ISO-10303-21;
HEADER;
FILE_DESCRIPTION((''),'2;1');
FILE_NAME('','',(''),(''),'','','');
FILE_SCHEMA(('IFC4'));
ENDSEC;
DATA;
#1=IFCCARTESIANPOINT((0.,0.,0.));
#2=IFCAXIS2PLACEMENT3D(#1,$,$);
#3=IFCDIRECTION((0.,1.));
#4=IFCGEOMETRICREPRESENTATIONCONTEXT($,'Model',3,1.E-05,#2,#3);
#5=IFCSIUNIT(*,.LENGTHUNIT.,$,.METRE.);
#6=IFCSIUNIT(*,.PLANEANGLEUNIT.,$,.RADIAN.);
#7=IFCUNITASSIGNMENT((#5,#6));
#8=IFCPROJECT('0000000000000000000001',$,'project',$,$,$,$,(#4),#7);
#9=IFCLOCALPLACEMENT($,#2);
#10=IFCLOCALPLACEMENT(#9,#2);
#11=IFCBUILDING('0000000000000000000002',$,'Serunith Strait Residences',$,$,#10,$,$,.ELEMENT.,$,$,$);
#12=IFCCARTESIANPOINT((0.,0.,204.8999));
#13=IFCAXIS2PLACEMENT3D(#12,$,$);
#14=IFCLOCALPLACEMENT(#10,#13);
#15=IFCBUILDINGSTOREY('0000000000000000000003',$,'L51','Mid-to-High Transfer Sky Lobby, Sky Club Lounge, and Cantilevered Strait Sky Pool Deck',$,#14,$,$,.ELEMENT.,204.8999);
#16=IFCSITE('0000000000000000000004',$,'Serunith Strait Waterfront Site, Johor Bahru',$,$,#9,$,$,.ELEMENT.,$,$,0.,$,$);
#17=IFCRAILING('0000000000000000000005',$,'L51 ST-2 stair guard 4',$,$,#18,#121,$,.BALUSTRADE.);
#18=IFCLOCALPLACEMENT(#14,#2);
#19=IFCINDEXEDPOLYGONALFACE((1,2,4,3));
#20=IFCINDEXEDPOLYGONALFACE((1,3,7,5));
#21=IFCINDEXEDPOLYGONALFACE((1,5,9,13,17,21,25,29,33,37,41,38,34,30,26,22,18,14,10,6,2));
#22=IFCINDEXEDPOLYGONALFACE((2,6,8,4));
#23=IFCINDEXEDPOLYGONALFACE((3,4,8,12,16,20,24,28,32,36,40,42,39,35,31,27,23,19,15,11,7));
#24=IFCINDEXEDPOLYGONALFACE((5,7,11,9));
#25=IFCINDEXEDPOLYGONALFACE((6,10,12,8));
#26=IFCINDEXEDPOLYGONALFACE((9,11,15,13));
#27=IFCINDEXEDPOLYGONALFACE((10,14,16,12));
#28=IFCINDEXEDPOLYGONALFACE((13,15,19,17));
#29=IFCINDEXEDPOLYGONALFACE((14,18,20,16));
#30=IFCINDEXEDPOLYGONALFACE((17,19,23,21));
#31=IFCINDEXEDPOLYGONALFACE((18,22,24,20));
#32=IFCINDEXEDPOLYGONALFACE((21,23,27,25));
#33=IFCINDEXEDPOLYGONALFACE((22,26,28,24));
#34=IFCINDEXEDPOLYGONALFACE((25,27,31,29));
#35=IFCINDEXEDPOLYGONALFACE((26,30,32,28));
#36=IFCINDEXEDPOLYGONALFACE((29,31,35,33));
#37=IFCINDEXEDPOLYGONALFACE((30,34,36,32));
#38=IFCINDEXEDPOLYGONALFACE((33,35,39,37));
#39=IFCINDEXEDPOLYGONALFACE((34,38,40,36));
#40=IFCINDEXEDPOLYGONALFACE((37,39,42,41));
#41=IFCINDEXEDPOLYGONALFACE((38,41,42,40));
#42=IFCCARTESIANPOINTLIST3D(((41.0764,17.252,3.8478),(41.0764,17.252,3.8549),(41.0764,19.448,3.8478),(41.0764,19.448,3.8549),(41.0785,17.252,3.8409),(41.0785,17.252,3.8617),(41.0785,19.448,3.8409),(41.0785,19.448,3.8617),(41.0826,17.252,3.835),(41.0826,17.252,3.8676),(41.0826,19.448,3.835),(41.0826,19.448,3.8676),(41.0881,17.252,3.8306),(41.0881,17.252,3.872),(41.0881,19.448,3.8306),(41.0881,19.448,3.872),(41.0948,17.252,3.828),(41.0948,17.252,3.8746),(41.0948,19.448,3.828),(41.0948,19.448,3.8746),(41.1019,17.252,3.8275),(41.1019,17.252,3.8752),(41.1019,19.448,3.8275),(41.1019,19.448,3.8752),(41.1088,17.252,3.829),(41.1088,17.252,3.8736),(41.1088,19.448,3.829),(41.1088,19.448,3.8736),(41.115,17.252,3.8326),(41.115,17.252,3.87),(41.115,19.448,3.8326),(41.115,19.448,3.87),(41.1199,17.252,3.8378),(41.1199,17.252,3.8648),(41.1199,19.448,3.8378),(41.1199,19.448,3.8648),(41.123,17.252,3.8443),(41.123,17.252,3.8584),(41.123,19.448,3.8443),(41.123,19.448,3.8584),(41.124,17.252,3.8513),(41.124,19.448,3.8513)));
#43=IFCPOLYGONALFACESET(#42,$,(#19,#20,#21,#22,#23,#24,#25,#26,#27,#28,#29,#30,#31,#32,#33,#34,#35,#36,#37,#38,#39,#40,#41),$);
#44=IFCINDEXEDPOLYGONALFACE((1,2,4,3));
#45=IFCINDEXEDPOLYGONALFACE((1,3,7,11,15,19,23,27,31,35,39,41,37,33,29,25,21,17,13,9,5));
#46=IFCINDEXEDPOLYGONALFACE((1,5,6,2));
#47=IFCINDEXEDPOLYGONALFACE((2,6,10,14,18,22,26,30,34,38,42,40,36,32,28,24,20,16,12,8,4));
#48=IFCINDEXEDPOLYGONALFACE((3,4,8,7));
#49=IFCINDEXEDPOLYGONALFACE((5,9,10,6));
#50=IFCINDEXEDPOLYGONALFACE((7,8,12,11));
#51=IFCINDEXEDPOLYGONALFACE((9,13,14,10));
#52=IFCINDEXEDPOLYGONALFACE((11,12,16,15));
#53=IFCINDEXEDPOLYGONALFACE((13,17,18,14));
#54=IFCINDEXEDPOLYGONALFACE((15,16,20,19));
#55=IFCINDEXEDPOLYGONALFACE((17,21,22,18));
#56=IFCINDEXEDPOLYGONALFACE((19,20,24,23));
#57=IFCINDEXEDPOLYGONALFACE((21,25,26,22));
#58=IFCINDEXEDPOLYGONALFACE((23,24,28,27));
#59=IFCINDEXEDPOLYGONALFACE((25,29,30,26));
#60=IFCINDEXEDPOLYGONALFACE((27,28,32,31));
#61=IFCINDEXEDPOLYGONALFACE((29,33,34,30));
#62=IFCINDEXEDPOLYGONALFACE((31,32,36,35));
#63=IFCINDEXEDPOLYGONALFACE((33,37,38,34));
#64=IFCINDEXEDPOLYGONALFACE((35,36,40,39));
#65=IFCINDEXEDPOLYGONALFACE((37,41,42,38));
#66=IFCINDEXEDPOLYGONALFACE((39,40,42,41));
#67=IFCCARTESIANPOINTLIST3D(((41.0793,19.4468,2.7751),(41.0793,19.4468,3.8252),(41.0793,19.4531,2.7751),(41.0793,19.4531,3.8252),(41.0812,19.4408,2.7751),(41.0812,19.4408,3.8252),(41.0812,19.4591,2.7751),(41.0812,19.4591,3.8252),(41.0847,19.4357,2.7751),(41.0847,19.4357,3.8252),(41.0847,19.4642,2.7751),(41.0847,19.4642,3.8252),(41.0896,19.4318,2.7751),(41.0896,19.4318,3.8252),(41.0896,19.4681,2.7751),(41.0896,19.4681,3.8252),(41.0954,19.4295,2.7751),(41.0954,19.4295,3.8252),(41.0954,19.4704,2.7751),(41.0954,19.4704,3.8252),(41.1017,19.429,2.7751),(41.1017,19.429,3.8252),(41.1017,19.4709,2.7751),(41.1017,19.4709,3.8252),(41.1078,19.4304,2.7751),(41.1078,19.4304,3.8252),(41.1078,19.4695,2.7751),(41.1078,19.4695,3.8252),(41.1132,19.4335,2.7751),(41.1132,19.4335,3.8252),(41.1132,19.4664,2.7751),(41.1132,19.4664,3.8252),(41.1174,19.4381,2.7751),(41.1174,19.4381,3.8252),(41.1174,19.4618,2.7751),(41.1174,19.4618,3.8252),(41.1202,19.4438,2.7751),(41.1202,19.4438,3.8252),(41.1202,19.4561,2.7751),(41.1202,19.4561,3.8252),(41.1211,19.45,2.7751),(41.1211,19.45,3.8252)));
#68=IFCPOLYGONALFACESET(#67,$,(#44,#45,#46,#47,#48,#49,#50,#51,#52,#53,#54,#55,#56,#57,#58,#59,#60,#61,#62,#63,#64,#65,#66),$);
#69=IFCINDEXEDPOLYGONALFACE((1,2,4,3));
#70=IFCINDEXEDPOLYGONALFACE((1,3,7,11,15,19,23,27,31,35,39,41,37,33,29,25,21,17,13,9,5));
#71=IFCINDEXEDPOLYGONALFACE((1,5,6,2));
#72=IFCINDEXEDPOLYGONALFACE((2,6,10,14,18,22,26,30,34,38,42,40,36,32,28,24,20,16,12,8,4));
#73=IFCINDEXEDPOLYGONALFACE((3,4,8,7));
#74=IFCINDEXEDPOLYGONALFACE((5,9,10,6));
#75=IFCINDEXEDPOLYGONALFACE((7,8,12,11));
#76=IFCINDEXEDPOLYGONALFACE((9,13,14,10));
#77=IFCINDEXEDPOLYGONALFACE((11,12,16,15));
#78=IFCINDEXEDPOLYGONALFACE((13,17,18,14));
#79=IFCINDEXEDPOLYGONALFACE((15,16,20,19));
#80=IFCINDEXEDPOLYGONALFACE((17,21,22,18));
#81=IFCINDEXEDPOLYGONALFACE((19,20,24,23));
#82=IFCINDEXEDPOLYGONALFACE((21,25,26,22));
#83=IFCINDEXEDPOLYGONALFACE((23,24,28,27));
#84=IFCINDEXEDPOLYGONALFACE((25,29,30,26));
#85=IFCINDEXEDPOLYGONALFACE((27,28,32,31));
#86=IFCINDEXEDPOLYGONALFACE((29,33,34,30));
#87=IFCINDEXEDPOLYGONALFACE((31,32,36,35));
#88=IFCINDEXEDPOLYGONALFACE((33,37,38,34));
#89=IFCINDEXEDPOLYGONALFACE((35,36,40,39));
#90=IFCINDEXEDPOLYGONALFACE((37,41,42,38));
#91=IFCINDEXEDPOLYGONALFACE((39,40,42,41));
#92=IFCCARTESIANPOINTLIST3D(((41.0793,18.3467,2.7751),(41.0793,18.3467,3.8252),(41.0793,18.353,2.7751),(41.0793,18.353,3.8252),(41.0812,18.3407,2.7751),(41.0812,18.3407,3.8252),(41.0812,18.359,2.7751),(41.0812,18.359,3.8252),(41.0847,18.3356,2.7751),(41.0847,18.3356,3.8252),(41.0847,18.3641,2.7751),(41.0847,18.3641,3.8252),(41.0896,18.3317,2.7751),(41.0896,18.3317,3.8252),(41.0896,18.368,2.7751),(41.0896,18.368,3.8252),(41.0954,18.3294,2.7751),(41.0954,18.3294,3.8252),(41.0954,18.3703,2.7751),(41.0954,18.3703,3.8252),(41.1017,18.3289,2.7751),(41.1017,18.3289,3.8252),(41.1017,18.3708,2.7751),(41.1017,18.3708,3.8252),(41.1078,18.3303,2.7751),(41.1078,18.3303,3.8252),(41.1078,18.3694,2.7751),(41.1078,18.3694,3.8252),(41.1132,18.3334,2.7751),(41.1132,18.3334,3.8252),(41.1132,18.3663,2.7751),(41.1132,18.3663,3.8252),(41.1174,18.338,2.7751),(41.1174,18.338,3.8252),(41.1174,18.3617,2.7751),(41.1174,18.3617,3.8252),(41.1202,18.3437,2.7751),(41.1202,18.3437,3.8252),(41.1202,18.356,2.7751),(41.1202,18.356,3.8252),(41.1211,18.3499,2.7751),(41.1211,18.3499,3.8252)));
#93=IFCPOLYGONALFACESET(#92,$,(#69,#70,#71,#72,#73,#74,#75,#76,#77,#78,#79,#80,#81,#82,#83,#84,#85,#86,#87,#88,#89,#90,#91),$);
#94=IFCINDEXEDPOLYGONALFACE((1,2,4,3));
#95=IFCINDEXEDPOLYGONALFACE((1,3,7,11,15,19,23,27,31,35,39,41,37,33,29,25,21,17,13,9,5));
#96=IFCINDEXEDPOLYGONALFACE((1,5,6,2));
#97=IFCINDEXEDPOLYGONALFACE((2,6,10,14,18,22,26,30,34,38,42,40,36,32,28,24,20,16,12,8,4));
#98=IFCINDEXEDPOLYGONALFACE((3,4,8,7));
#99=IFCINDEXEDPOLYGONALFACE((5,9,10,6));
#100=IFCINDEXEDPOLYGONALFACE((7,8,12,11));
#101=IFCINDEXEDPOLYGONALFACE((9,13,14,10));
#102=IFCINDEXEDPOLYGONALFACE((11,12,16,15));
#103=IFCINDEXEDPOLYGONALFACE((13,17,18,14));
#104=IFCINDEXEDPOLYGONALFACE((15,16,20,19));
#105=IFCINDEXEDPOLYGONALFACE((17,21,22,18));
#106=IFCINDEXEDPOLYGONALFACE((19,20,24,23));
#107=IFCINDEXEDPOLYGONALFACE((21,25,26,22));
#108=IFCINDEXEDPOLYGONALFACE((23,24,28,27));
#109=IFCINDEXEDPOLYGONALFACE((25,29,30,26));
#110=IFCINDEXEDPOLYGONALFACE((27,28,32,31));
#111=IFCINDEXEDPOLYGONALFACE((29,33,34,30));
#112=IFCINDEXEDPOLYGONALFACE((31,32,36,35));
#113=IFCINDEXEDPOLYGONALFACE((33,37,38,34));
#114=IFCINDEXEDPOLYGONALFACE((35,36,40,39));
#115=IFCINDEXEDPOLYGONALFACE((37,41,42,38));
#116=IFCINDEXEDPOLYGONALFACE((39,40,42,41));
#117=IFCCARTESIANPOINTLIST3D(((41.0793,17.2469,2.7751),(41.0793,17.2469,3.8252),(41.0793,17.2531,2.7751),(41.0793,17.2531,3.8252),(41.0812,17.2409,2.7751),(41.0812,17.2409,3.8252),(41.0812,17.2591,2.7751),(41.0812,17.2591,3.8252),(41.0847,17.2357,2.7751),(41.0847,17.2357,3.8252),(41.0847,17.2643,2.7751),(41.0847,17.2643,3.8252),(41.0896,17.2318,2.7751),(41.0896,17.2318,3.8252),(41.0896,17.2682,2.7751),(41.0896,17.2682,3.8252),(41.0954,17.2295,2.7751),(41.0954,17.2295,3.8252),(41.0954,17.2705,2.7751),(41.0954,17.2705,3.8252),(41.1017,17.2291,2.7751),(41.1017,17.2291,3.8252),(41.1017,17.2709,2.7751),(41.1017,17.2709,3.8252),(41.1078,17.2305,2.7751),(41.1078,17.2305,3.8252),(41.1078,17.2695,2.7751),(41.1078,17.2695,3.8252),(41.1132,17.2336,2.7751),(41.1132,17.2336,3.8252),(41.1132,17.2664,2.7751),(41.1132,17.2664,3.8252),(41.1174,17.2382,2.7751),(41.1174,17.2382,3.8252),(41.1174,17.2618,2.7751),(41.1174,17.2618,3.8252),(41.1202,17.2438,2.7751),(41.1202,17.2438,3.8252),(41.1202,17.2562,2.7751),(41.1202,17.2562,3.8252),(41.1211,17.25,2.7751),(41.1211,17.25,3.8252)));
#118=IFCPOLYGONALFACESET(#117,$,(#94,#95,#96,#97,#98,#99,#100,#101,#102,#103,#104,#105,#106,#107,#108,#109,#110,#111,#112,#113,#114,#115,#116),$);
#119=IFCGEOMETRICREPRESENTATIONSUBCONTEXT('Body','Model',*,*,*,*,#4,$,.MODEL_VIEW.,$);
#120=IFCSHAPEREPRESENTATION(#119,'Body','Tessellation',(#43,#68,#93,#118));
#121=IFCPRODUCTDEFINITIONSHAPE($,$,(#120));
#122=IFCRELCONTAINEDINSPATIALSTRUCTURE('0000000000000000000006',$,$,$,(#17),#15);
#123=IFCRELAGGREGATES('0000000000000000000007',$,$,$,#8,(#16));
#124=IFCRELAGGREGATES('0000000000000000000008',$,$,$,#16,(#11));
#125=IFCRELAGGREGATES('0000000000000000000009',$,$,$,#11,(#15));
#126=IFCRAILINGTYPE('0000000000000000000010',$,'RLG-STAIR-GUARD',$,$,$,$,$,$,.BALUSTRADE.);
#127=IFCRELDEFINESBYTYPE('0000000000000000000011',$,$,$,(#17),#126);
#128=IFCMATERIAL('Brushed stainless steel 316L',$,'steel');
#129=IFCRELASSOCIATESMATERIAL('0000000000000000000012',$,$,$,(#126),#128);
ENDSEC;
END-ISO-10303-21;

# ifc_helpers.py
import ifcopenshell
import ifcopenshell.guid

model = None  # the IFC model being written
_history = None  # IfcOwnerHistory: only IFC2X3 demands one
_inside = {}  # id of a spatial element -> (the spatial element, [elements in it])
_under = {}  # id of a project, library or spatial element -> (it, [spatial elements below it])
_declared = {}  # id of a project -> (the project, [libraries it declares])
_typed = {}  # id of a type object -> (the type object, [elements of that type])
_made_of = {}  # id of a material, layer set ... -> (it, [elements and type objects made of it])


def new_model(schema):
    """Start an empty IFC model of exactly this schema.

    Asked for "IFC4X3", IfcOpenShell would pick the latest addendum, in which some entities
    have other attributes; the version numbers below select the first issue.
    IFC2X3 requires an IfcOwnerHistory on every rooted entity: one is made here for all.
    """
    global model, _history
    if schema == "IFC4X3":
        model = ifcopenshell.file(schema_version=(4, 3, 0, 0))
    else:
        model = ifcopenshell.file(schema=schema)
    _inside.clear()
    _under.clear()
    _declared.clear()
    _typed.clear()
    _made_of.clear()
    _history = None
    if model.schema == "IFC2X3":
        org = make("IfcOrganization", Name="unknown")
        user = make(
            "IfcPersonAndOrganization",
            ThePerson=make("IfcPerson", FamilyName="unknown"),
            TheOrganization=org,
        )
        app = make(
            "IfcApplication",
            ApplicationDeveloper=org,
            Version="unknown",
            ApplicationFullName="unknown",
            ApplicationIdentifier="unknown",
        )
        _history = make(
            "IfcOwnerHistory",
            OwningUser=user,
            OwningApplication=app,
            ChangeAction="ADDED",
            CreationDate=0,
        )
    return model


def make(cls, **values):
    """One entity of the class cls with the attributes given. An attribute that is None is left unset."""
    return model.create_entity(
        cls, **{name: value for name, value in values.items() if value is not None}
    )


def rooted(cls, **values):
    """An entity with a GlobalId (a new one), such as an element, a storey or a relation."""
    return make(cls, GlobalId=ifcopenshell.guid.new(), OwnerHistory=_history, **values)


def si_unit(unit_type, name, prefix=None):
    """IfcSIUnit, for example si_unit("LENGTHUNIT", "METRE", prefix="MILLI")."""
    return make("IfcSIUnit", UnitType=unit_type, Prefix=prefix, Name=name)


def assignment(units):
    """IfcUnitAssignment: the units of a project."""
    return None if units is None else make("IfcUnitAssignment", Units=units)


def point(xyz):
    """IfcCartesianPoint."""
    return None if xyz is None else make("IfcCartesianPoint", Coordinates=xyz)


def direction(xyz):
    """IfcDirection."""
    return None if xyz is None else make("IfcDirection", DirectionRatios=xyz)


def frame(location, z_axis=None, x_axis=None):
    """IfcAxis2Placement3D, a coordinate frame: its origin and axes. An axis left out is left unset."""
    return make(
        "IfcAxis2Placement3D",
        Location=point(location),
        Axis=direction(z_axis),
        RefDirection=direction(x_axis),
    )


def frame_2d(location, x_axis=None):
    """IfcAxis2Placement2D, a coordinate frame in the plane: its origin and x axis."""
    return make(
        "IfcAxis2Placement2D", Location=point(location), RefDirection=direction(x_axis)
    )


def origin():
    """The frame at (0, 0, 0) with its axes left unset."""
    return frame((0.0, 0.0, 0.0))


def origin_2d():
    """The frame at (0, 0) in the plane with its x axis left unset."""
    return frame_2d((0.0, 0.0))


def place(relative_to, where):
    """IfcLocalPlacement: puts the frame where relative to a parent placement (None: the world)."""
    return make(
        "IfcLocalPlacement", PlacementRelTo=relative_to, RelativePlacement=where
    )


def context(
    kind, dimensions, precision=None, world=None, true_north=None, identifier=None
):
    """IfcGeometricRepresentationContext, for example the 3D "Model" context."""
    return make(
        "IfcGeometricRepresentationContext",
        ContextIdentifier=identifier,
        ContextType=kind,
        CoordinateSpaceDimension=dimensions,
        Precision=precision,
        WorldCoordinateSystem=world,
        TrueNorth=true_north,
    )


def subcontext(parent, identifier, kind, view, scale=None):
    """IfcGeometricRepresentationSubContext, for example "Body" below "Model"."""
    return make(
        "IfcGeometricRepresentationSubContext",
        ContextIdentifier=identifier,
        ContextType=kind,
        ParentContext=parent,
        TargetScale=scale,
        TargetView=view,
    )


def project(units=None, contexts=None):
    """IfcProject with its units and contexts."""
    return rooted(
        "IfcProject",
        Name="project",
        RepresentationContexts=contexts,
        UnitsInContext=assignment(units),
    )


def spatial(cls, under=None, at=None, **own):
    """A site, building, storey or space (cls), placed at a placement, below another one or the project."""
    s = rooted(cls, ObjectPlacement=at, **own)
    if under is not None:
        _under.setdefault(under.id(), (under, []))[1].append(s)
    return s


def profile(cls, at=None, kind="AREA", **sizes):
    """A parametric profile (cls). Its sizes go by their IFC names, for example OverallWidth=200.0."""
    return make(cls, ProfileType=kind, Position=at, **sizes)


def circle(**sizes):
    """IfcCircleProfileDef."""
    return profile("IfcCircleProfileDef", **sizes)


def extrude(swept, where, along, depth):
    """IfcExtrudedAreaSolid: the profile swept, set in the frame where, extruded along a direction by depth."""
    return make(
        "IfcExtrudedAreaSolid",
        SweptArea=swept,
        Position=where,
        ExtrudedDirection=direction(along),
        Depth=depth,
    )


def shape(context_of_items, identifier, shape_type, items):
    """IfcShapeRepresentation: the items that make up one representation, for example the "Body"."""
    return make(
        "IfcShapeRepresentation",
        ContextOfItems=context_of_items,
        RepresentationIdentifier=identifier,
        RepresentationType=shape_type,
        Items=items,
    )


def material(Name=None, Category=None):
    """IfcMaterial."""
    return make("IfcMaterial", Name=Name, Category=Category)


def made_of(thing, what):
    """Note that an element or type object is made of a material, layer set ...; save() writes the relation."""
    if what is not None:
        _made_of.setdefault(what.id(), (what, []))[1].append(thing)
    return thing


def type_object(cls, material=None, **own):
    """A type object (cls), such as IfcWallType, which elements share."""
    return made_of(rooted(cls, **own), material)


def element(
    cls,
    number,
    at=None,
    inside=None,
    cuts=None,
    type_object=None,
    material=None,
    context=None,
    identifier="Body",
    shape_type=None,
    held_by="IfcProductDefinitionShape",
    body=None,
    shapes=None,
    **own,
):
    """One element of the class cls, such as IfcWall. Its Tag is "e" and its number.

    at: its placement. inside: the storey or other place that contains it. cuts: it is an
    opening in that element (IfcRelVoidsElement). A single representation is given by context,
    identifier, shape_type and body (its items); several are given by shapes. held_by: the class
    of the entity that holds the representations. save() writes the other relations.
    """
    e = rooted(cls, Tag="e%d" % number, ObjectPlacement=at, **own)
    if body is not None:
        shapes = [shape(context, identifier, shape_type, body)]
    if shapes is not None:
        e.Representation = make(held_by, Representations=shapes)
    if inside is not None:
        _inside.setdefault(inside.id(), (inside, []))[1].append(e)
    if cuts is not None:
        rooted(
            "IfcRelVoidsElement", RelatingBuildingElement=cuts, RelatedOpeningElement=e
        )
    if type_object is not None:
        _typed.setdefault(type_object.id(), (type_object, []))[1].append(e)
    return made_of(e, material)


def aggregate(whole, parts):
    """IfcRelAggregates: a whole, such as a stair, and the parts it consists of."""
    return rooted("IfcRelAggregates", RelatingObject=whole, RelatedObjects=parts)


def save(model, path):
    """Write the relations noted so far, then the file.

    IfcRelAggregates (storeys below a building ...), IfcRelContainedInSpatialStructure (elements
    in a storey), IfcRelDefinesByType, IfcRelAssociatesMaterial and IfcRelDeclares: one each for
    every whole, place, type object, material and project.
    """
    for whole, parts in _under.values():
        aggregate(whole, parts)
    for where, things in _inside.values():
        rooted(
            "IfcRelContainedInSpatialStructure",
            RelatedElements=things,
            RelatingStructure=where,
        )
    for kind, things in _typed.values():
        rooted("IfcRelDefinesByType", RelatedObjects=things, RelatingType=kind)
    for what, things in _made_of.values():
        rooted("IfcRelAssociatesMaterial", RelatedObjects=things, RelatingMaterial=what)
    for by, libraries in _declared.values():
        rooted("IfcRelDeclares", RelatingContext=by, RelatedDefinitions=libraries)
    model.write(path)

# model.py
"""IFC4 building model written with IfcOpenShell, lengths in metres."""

from ifc_helpers import new_model, si_unit, direction, frame, origin, origin_2d, place, context, subcontext, project, spatial, circle, extrude, material, type_object, element, save


model = new_model("IFC4")

# Units and contexts
model_context = context("Model", 3, precision=1e-05, world=origin(), true_north=direction((0.0, 1.0)))
body_context = subcontext(model_context, "Body", "Model", "MODEL_VIEW")
ifc_project = project(units=[si_unit("LENGTHUNIT", "METRE"), si_unit("PLANEANGLEUNIT", "RADIAN")], contexts=[model_context])

# Site, building, storey
site_placement = place(None, origin())
site = spatial("IfcSite", under=ifc_project, at=site_placement, Name="Serunith Strait Waterfront Site, Johor Bahru", CompositionType="ELEMENT", RefElevation=0.0)
building_placement = place(site_placement, origin())
building = spatial("IfcBuilding", under=site, at=building_placement, Name="Serunith Strait Residences", CompositionType="ELEMENT")
storey_placement = place(building_placement, frame((0.0, 0.0, 204.8999)))
storey = spatial("IfcBuildingStorey", under=building, at=storey_placement, Name="L51", Description="Mid-to-High Transfer Sky Lobby, Sky Club Lounge, and Cantilevered Strait Sky Pool Deck", CompositionType="ELEMENT", Elevation=204.8999)

# Railing
ifc_material_1 = material(Name="Brushed stainless steel 316L", Category="steel")
railing_type_1 = type_object("IfcRailingType", Name="RLG-STAIR-GUARD", PredefinedType="BALUSTRADE", material=ifc_material_1)
for number, where, name in (
    (1, (41.1001, 19.45, 2.7751), "L51 ST-2 stair guard 4"),
):
    element("IfcRailing", number, at=place(storey_placement, frame(where)), inside=storey, type_object=railing_type_1, Name=name, PredefinedType="BALUSTRADE", context=body_context, shape_type="SweptSolid", body=[
        extrude(circle(Radius=0.0239, at=origin_2d()), frame((0.0, -0.002, 1.0762), z_axis=(0.0, -1.0, 0.0), x_axis=(1.0, 0.0, 0.0)), (0.0, 0.0, 1.0), 2.196),
        extrude(circle(Radius=0.021, at=origin_2d()), origin(), (0.0, 0.0, 1.0), 1.05),
        extrude(circle(Radius=0.021, at=origin_2d()), frame((0.0, -1.1001, 0.0)), (0.0, 0.0, 1.0), 1.05),
        extrude(circle(Radius=0.021, at=origin_2d()), frame((0.0, -2.2, 0.0)), (0.0, 0.0, 1.0), 1.05),
    ])

save(model, "model.ifc")
